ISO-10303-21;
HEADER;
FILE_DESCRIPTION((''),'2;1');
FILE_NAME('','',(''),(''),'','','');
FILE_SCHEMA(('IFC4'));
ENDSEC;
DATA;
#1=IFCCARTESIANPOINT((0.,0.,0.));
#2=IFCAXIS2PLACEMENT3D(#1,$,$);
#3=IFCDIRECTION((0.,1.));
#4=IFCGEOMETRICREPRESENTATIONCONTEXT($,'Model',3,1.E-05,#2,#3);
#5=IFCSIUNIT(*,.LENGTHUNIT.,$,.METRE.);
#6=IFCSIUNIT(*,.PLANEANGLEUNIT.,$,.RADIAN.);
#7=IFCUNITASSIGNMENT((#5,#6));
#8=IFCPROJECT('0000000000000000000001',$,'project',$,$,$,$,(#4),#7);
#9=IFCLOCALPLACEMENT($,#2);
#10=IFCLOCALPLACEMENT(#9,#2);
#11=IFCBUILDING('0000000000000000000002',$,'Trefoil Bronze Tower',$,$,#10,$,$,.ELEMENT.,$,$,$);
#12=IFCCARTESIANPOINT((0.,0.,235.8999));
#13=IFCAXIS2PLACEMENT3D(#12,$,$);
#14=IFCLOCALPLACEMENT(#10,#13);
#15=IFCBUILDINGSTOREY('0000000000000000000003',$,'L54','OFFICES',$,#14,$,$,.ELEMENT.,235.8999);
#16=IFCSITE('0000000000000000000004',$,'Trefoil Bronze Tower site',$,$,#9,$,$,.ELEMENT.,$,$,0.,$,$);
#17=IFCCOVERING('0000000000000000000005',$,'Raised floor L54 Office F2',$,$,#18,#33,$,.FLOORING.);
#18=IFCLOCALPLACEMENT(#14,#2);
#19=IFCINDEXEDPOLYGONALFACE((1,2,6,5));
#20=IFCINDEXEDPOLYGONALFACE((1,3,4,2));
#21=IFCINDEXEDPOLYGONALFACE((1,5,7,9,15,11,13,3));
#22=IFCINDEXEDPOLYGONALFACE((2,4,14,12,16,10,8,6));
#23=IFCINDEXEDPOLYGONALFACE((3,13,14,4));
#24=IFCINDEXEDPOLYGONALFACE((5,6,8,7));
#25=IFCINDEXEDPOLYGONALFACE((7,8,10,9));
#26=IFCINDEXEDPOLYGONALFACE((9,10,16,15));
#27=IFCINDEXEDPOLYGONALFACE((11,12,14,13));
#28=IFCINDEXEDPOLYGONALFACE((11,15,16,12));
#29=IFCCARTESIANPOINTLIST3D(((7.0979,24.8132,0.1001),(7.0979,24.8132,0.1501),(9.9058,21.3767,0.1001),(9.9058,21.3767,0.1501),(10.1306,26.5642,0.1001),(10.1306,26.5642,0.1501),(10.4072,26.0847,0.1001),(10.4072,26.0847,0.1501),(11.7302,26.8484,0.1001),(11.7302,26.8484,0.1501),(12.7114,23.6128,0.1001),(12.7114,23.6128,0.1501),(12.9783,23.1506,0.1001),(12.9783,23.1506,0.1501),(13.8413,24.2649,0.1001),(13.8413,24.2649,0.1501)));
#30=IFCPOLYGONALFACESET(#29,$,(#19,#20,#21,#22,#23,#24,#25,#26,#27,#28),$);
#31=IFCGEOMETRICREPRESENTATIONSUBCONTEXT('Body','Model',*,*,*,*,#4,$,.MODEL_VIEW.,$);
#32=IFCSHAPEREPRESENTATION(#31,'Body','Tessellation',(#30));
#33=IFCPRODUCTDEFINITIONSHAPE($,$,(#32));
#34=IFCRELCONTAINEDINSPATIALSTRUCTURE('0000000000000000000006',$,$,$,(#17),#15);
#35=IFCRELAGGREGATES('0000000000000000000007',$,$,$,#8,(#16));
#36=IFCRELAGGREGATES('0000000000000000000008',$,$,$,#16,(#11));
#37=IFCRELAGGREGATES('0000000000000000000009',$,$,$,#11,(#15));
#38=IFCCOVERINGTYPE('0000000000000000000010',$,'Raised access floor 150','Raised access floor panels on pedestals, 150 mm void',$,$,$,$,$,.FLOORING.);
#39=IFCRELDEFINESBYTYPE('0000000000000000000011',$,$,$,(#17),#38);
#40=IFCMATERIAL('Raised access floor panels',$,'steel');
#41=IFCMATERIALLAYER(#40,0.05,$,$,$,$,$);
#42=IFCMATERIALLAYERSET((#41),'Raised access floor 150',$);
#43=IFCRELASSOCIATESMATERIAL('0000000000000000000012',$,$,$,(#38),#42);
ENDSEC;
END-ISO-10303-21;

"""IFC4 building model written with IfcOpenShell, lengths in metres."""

from ifc_helpers import new_model, si_unit, direction, frame, origin, place, context, subcontext, project, spatial, polyline, outline, extrude, material, layer, layer_set, type_object, element, save


model = new_model("IFC4")

# Units and contexts
model_context = context("Model", 3, precision=1e-05, world=origin(), true_north=direction((0.0, 1.0)))
body_context = subcontext(model_context, "Body", "Model", "MODEL_VIEW")
ifc_project = project(units=[si_unit("LENGTHUNIT", "METRE"), si_unit("PLANEANGLEUNIT", "RADIAN")], contexts=[model_context])

# Site, building, storey
site_placement = place(None, origin())
site = spatial("IfcSite", under=ifc_project, at=site_placement, Name="Trefoil Bronze Tower site", CompositionType="ELEMENT", RefElevation=0.0)
building_placement = place(site_placement, origin())
building = spatial("IfcBuilding", under=site, at=building_placement, Name="Trefoil Bronze Tower", CompositionType="ELEMENT")
storey_placement = place(building_placement, frame((0.0, 0.0, 235.8999)))
storey = spatial("IfcBuildingStorey", under=building, at=storey_placement, Name="L54", Description="OFFICES", CompositionType="ELEMENT", Elevation=235.8999)

# Covering
ifc_material_1 = material(Name="Raised access floor panels", Category="steel")
ifc_layer_1 = layer(ifc_material_1, 0.05)
ifc_layer_set_1 = layer_set([ifc_layer_1], Name="Raised access floor 150")
covering_type_1 = type_object("IfcCoveringType", Name="Raised access floor 150", Description="Raised access floor panels on pedestals, 150 mm void", PredefinedType="FLOORING", material=ifc_layer_set_1)
covering_1_placement = place(storey_placement, frame((0.0, 0.0, 0.1001)))
element("IfcCovering", 1, at=covering_1_placement, inside=storey, type_object=covering_type_1, Name="Raised floor L54 Office F2", PredefinedType="FLOORING", context=body_context, shape_type="SweptSolid", body=[
    extrude(outline(polyline([(13.8413, 24.2649), (12.7114, 23.6128), (12.9783, 23.1506), (9.9058, 21.3767), (7.0979, 24.8132), (10.1306, 26.5642), (10.4072, 26.0847), (11.7302, 26.8484), (13.8413, 24.2649)])), origin(), (0.0, 0.0, 1.0), 0.05),
])

save(model, "model.ifc")
